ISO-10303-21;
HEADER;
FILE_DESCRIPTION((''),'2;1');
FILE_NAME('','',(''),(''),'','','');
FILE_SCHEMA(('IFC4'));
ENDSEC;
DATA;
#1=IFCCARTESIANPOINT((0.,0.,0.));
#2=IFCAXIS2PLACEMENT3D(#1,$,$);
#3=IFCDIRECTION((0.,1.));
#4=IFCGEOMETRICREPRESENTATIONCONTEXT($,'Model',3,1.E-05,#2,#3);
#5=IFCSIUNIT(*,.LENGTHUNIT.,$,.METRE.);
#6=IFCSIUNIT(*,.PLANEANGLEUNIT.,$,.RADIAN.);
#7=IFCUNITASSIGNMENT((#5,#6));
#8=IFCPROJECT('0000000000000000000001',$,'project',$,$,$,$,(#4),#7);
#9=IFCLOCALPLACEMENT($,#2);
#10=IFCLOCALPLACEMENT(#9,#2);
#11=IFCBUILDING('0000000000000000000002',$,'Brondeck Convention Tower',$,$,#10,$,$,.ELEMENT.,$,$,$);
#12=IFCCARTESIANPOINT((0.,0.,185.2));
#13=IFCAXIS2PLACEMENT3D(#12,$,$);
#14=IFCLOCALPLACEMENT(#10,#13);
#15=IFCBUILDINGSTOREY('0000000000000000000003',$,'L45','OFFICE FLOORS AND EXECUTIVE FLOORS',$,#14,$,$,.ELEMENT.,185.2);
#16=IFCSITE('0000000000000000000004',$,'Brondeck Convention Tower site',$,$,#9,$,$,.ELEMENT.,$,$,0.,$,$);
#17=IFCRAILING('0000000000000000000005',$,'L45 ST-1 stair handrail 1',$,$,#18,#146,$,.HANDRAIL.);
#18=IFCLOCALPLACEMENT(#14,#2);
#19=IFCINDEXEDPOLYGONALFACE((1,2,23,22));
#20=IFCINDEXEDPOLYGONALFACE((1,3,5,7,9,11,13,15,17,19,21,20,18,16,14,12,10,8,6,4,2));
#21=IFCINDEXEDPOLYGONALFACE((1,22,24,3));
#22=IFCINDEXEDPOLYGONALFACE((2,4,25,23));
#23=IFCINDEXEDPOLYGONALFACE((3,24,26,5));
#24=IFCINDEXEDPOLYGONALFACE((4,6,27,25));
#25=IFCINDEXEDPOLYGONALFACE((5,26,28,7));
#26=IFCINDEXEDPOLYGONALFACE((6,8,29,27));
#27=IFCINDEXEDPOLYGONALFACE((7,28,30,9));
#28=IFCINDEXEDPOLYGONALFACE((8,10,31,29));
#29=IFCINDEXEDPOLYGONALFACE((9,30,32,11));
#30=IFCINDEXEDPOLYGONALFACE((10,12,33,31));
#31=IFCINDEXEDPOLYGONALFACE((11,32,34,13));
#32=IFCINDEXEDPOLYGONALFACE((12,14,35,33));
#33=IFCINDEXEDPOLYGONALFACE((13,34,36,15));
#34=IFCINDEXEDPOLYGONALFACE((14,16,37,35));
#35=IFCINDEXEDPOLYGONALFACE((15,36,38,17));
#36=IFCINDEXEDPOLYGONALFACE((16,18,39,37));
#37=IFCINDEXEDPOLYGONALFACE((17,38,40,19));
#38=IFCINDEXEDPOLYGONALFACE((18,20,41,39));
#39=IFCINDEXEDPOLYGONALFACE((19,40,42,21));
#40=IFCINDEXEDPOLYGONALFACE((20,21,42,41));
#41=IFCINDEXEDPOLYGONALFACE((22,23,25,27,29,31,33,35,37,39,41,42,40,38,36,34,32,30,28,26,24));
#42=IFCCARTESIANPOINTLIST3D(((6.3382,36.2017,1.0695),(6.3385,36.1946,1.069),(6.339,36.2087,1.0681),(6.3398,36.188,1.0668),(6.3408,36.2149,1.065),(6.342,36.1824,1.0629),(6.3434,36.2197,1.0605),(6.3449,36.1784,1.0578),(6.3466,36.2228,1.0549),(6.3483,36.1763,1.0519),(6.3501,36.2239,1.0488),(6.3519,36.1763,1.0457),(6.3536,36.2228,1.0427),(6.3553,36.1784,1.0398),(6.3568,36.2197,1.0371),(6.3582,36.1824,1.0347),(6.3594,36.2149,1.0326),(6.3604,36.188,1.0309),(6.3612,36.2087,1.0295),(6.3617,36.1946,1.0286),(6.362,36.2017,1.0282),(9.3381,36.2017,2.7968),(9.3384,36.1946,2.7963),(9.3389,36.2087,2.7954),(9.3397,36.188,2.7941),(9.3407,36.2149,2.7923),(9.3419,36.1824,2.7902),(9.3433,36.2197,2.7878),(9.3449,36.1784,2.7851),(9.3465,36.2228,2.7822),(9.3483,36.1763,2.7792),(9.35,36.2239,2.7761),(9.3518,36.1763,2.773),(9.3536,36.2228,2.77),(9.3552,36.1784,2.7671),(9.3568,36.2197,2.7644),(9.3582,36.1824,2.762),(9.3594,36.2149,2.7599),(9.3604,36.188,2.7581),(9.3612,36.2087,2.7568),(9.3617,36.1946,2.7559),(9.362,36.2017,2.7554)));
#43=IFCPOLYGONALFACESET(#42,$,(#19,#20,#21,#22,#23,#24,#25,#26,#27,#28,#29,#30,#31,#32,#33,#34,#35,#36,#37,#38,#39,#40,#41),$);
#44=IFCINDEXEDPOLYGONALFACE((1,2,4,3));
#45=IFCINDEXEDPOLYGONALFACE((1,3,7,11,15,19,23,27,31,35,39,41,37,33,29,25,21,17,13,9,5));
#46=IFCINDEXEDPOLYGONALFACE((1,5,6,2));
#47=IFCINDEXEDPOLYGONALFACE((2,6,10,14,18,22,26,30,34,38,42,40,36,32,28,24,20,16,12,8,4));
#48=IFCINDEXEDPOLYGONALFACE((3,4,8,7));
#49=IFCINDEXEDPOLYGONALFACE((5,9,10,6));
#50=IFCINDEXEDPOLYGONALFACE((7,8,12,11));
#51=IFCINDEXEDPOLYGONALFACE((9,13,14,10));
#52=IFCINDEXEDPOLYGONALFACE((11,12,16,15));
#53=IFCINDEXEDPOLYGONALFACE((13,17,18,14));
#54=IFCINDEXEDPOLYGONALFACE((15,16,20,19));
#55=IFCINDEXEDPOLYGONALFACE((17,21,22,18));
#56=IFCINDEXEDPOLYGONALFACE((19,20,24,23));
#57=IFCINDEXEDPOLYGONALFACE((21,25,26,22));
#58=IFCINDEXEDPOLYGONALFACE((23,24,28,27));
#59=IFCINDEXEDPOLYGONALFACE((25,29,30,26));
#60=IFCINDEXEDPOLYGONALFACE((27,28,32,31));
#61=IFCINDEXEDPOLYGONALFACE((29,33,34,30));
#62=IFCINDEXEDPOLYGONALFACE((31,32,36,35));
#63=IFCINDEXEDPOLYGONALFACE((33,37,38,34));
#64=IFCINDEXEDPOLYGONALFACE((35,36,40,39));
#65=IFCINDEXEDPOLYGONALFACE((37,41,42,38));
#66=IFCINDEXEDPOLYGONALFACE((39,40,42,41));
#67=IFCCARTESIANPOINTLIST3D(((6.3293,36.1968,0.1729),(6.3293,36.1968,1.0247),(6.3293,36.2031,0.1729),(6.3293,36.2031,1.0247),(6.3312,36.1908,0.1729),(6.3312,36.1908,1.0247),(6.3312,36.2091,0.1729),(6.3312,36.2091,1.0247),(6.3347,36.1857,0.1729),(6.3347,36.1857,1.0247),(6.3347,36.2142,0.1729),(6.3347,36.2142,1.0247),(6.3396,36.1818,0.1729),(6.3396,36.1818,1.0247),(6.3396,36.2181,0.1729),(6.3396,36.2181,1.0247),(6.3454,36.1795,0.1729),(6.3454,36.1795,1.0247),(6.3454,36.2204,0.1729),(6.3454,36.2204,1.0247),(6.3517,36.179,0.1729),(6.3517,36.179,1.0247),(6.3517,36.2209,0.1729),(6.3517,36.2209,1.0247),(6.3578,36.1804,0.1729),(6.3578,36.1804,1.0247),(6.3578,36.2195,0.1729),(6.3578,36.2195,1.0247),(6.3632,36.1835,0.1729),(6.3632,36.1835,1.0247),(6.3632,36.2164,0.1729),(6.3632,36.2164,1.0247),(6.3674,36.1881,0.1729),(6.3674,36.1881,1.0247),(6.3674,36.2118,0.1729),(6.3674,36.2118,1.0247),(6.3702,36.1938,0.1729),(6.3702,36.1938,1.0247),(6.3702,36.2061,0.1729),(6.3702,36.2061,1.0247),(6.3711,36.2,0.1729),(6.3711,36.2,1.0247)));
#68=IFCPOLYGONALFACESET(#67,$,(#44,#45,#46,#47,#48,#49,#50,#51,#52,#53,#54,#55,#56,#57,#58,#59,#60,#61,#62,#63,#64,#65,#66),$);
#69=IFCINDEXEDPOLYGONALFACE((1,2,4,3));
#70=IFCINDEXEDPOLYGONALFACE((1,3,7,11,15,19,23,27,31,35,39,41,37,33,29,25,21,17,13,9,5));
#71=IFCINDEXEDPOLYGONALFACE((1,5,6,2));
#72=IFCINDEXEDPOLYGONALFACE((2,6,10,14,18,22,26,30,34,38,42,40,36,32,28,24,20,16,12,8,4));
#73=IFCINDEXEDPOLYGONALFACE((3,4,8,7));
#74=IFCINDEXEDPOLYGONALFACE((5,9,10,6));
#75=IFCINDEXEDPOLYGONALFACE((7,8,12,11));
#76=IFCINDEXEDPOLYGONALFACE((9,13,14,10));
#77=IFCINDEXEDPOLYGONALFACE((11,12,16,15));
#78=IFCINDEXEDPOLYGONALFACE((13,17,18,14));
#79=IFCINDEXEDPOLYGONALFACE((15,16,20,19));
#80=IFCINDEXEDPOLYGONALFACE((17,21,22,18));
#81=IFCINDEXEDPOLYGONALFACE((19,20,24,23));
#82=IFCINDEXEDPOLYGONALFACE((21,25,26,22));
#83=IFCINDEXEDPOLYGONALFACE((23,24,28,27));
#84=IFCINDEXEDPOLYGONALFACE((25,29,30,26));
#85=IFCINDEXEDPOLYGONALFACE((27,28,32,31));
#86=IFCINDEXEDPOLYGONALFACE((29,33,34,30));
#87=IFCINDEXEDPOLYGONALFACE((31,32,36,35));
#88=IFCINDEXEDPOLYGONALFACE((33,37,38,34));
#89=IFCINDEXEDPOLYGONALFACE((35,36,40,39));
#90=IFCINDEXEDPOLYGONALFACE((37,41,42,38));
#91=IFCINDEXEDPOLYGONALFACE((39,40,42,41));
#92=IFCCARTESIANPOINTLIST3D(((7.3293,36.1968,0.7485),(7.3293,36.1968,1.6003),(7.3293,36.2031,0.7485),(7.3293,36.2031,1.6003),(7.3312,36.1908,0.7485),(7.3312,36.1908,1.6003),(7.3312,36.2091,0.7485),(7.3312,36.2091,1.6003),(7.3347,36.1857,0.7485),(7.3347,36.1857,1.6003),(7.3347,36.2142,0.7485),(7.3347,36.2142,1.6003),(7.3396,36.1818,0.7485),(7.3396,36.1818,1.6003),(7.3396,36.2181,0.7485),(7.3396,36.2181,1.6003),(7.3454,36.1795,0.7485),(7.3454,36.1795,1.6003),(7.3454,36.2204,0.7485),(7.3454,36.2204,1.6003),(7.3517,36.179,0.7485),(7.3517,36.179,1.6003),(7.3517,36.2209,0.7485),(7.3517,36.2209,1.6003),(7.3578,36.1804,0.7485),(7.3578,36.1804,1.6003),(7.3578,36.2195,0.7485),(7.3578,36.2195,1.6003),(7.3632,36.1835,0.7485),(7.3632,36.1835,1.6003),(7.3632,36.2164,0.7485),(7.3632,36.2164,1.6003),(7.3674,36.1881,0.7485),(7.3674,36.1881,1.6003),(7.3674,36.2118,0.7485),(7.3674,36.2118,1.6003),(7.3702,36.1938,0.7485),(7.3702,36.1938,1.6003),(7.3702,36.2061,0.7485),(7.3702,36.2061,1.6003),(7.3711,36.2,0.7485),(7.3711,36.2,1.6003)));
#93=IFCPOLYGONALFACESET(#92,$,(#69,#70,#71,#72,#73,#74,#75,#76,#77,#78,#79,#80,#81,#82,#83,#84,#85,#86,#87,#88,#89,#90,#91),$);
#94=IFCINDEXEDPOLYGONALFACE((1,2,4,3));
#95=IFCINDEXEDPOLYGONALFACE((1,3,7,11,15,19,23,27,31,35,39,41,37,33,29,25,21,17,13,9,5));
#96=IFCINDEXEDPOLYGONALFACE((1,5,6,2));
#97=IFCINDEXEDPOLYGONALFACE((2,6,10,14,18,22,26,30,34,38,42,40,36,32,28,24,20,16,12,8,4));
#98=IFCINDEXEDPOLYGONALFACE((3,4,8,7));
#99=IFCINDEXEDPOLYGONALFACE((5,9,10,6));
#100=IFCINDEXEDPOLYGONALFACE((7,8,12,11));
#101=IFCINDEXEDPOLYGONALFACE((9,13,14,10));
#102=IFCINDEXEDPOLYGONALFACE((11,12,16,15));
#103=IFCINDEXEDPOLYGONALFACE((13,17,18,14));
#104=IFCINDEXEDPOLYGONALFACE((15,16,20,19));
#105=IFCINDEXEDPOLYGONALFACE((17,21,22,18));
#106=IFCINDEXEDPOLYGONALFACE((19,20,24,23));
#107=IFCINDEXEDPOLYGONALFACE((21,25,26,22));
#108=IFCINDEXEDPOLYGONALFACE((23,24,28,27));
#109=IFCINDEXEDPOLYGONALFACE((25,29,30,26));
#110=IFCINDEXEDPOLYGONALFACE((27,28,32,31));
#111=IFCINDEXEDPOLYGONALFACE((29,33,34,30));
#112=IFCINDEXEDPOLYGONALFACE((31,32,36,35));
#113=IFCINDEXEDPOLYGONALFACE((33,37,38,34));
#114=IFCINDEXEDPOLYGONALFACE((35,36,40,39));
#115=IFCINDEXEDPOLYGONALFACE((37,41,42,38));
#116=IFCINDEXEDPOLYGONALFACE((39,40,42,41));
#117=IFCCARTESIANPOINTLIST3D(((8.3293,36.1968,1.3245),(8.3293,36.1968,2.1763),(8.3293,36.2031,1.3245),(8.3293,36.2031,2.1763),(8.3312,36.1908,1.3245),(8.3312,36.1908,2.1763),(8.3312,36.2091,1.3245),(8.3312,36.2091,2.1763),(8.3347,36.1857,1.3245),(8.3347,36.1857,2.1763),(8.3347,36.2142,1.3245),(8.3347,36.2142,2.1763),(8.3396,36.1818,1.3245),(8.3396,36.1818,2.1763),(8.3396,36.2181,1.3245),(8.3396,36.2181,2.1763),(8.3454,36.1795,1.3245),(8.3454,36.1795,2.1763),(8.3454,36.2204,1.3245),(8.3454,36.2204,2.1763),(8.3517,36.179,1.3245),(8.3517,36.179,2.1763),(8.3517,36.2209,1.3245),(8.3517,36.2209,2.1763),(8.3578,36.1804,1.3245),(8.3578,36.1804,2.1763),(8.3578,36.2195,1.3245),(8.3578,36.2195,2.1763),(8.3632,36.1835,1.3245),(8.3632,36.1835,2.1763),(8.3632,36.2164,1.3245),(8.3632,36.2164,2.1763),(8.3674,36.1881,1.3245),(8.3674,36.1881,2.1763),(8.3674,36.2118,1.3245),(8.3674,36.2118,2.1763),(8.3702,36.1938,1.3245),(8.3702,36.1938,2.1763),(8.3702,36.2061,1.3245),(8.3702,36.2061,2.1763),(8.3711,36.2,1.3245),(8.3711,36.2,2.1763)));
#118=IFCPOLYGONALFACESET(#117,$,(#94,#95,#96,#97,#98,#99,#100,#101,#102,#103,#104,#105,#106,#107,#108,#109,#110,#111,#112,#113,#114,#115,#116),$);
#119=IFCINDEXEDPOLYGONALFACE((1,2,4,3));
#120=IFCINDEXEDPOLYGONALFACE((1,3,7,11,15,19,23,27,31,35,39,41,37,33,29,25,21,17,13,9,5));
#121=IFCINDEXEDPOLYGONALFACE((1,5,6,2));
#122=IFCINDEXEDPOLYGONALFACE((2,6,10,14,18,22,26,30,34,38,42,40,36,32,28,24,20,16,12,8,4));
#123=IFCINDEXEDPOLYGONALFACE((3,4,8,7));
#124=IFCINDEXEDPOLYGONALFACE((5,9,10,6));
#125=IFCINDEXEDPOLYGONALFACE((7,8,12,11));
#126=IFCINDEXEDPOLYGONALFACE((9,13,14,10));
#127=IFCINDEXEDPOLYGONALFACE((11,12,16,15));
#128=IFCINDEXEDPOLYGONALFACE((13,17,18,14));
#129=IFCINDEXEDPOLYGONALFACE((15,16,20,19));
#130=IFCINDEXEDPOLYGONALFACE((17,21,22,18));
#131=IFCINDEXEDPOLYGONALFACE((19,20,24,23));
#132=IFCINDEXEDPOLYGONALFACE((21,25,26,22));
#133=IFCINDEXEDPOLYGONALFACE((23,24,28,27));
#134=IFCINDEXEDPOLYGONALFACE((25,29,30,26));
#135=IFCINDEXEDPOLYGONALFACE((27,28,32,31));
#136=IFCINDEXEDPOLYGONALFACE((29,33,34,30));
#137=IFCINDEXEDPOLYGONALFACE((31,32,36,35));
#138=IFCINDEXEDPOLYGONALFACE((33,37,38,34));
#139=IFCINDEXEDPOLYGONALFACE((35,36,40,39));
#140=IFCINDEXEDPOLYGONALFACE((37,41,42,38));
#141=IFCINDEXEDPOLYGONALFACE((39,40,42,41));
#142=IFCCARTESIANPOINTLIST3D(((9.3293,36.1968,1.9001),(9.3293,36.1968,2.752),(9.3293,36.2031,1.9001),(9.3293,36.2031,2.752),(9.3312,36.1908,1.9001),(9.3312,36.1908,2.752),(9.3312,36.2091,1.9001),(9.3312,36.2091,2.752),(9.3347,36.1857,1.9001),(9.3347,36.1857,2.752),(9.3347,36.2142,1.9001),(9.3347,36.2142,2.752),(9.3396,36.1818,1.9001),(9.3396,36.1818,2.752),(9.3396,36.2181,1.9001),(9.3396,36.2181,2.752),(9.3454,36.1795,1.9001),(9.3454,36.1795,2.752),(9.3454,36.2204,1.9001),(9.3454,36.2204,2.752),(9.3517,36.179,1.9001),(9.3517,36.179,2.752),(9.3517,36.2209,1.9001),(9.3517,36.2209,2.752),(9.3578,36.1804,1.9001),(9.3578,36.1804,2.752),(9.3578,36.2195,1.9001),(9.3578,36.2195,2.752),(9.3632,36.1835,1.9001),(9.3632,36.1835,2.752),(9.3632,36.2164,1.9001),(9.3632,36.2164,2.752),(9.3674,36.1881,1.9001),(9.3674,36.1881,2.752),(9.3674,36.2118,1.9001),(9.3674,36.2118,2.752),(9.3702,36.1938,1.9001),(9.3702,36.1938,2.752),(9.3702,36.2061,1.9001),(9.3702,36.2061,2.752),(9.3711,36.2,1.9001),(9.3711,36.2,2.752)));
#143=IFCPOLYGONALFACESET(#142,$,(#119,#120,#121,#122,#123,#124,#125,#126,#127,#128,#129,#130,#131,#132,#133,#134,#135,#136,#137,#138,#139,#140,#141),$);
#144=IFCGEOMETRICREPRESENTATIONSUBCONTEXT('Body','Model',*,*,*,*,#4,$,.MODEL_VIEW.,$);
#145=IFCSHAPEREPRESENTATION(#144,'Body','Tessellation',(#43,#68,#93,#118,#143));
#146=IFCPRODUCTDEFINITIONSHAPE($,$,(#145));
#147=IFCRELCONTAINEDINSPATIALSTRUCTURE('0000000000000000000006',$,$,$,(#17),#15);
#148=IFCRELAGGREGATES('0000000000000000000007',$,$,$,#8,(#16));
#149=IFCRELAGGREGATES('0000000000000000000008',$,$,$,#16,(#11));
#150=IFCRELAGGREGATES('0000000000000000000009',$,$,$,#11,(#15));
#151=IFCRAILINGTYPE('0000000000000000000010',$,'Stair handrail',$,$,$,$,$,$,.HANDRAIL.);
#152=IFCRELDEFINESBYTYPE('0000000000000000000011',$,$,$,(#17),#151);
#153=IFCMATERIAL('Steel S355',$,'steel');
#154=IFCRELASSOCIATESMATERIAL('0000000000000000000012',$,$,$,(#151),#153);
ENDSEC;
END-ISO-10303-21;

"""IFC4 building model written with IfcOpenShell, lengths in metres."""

from ifc_helpers import new_model, si_unit, direction, frame, origin, origin_2d, place, context, subcontext, project, spatial, circle, extrude, material, type_object, element, save


model = new_model("IFC4")

# Units and contexts
model_context = context("Model", 3, precision=1e-05, world=origin(), true_north=direction((0.0, 1.0)))
body_context = subcontext(model_context, "Body", "Model", "MODEL_VIEW")
ifc_project = project(units=[si_unit("LENGTHUNIT", "METRE"), si_unit("PLANEANGLEUNIT", "RADIAN")], contexts=[model_context])

# Site, building, storey
site_placement = place(None, origin())
site = spatial("IfcSite", under=ifc_project, at=site_placement, Name="Brondeck Convention Tower site", CompositionType="ELEMENT", RefElevation=0.0)
building_placement = place(site_placement, origin())
building = spatial("IfcBuilding", under=site, at=building_placement, Name="Brondeck Convention Tower", CompositionType="ELEMENT")
storey_placement = place(building_placement, frame((0.0, 0.0, 185.2)))
storey = spatial("IfcBuildingStorey", under=building, at=storey_placement, Name="L45", Description="OFFICE FLOORS AND EXECUTIVE FLOORS", CompositionType="ELEMENT", Elevation=185.2)

# Shared definitions
ifc_material_1 = material(Name="Steel S355", Category="steel")

# Railing
railing_type_1 = type_object("IfcRailingType", Name="Stair handrail", PredefinedType="HANDRAIL", material=ifc_material_1)
railing_1_placement = place(storey_placement, frame((6.3501, 36.2, 0.1729)))
element("IfcRailing", 1, at=railing_1_placement, inside=storey, type_object=railing_type_1, Name="L45 ST-1 stair handrail 1", PredefinedType="HANDRAIL", context=body_context, shape_type="SweptSolid", body=[
    extrude(circle(Radius=0.0239, at=origin_2d()), frame((0.0, 0.0, 0.876), z_axis=(0.86662, 0.0, 0.498969), x_axis=(0.0, 1.0, 0.0)), (0.0, 0.0, 1.0), 3.4617),
    extrude(circle(Radius=0.021, at=origin_2d()), origin(), (0.0, 0.0, 1.0), 0.8518),
    extrude(circle(Radius=0.021, at=origin_2d()), frame((1.0, 0.0, 0.5757)), (0.0, 0.0, 1.0), 0.8518),
    extrude(circle(Radius=0.021, at=origin_2d()), frame((2.0, 0.0, 1.1516)), (0.0, 0.0, 1.0), 0.8518),
    extrude(circle(Radius=0.021, at=origin_2d()), frame((3.0, 0.0, 1.7273)), (0.0, 0.0, 1.0), 0.8518),
])

save(model, "model.ifc")
